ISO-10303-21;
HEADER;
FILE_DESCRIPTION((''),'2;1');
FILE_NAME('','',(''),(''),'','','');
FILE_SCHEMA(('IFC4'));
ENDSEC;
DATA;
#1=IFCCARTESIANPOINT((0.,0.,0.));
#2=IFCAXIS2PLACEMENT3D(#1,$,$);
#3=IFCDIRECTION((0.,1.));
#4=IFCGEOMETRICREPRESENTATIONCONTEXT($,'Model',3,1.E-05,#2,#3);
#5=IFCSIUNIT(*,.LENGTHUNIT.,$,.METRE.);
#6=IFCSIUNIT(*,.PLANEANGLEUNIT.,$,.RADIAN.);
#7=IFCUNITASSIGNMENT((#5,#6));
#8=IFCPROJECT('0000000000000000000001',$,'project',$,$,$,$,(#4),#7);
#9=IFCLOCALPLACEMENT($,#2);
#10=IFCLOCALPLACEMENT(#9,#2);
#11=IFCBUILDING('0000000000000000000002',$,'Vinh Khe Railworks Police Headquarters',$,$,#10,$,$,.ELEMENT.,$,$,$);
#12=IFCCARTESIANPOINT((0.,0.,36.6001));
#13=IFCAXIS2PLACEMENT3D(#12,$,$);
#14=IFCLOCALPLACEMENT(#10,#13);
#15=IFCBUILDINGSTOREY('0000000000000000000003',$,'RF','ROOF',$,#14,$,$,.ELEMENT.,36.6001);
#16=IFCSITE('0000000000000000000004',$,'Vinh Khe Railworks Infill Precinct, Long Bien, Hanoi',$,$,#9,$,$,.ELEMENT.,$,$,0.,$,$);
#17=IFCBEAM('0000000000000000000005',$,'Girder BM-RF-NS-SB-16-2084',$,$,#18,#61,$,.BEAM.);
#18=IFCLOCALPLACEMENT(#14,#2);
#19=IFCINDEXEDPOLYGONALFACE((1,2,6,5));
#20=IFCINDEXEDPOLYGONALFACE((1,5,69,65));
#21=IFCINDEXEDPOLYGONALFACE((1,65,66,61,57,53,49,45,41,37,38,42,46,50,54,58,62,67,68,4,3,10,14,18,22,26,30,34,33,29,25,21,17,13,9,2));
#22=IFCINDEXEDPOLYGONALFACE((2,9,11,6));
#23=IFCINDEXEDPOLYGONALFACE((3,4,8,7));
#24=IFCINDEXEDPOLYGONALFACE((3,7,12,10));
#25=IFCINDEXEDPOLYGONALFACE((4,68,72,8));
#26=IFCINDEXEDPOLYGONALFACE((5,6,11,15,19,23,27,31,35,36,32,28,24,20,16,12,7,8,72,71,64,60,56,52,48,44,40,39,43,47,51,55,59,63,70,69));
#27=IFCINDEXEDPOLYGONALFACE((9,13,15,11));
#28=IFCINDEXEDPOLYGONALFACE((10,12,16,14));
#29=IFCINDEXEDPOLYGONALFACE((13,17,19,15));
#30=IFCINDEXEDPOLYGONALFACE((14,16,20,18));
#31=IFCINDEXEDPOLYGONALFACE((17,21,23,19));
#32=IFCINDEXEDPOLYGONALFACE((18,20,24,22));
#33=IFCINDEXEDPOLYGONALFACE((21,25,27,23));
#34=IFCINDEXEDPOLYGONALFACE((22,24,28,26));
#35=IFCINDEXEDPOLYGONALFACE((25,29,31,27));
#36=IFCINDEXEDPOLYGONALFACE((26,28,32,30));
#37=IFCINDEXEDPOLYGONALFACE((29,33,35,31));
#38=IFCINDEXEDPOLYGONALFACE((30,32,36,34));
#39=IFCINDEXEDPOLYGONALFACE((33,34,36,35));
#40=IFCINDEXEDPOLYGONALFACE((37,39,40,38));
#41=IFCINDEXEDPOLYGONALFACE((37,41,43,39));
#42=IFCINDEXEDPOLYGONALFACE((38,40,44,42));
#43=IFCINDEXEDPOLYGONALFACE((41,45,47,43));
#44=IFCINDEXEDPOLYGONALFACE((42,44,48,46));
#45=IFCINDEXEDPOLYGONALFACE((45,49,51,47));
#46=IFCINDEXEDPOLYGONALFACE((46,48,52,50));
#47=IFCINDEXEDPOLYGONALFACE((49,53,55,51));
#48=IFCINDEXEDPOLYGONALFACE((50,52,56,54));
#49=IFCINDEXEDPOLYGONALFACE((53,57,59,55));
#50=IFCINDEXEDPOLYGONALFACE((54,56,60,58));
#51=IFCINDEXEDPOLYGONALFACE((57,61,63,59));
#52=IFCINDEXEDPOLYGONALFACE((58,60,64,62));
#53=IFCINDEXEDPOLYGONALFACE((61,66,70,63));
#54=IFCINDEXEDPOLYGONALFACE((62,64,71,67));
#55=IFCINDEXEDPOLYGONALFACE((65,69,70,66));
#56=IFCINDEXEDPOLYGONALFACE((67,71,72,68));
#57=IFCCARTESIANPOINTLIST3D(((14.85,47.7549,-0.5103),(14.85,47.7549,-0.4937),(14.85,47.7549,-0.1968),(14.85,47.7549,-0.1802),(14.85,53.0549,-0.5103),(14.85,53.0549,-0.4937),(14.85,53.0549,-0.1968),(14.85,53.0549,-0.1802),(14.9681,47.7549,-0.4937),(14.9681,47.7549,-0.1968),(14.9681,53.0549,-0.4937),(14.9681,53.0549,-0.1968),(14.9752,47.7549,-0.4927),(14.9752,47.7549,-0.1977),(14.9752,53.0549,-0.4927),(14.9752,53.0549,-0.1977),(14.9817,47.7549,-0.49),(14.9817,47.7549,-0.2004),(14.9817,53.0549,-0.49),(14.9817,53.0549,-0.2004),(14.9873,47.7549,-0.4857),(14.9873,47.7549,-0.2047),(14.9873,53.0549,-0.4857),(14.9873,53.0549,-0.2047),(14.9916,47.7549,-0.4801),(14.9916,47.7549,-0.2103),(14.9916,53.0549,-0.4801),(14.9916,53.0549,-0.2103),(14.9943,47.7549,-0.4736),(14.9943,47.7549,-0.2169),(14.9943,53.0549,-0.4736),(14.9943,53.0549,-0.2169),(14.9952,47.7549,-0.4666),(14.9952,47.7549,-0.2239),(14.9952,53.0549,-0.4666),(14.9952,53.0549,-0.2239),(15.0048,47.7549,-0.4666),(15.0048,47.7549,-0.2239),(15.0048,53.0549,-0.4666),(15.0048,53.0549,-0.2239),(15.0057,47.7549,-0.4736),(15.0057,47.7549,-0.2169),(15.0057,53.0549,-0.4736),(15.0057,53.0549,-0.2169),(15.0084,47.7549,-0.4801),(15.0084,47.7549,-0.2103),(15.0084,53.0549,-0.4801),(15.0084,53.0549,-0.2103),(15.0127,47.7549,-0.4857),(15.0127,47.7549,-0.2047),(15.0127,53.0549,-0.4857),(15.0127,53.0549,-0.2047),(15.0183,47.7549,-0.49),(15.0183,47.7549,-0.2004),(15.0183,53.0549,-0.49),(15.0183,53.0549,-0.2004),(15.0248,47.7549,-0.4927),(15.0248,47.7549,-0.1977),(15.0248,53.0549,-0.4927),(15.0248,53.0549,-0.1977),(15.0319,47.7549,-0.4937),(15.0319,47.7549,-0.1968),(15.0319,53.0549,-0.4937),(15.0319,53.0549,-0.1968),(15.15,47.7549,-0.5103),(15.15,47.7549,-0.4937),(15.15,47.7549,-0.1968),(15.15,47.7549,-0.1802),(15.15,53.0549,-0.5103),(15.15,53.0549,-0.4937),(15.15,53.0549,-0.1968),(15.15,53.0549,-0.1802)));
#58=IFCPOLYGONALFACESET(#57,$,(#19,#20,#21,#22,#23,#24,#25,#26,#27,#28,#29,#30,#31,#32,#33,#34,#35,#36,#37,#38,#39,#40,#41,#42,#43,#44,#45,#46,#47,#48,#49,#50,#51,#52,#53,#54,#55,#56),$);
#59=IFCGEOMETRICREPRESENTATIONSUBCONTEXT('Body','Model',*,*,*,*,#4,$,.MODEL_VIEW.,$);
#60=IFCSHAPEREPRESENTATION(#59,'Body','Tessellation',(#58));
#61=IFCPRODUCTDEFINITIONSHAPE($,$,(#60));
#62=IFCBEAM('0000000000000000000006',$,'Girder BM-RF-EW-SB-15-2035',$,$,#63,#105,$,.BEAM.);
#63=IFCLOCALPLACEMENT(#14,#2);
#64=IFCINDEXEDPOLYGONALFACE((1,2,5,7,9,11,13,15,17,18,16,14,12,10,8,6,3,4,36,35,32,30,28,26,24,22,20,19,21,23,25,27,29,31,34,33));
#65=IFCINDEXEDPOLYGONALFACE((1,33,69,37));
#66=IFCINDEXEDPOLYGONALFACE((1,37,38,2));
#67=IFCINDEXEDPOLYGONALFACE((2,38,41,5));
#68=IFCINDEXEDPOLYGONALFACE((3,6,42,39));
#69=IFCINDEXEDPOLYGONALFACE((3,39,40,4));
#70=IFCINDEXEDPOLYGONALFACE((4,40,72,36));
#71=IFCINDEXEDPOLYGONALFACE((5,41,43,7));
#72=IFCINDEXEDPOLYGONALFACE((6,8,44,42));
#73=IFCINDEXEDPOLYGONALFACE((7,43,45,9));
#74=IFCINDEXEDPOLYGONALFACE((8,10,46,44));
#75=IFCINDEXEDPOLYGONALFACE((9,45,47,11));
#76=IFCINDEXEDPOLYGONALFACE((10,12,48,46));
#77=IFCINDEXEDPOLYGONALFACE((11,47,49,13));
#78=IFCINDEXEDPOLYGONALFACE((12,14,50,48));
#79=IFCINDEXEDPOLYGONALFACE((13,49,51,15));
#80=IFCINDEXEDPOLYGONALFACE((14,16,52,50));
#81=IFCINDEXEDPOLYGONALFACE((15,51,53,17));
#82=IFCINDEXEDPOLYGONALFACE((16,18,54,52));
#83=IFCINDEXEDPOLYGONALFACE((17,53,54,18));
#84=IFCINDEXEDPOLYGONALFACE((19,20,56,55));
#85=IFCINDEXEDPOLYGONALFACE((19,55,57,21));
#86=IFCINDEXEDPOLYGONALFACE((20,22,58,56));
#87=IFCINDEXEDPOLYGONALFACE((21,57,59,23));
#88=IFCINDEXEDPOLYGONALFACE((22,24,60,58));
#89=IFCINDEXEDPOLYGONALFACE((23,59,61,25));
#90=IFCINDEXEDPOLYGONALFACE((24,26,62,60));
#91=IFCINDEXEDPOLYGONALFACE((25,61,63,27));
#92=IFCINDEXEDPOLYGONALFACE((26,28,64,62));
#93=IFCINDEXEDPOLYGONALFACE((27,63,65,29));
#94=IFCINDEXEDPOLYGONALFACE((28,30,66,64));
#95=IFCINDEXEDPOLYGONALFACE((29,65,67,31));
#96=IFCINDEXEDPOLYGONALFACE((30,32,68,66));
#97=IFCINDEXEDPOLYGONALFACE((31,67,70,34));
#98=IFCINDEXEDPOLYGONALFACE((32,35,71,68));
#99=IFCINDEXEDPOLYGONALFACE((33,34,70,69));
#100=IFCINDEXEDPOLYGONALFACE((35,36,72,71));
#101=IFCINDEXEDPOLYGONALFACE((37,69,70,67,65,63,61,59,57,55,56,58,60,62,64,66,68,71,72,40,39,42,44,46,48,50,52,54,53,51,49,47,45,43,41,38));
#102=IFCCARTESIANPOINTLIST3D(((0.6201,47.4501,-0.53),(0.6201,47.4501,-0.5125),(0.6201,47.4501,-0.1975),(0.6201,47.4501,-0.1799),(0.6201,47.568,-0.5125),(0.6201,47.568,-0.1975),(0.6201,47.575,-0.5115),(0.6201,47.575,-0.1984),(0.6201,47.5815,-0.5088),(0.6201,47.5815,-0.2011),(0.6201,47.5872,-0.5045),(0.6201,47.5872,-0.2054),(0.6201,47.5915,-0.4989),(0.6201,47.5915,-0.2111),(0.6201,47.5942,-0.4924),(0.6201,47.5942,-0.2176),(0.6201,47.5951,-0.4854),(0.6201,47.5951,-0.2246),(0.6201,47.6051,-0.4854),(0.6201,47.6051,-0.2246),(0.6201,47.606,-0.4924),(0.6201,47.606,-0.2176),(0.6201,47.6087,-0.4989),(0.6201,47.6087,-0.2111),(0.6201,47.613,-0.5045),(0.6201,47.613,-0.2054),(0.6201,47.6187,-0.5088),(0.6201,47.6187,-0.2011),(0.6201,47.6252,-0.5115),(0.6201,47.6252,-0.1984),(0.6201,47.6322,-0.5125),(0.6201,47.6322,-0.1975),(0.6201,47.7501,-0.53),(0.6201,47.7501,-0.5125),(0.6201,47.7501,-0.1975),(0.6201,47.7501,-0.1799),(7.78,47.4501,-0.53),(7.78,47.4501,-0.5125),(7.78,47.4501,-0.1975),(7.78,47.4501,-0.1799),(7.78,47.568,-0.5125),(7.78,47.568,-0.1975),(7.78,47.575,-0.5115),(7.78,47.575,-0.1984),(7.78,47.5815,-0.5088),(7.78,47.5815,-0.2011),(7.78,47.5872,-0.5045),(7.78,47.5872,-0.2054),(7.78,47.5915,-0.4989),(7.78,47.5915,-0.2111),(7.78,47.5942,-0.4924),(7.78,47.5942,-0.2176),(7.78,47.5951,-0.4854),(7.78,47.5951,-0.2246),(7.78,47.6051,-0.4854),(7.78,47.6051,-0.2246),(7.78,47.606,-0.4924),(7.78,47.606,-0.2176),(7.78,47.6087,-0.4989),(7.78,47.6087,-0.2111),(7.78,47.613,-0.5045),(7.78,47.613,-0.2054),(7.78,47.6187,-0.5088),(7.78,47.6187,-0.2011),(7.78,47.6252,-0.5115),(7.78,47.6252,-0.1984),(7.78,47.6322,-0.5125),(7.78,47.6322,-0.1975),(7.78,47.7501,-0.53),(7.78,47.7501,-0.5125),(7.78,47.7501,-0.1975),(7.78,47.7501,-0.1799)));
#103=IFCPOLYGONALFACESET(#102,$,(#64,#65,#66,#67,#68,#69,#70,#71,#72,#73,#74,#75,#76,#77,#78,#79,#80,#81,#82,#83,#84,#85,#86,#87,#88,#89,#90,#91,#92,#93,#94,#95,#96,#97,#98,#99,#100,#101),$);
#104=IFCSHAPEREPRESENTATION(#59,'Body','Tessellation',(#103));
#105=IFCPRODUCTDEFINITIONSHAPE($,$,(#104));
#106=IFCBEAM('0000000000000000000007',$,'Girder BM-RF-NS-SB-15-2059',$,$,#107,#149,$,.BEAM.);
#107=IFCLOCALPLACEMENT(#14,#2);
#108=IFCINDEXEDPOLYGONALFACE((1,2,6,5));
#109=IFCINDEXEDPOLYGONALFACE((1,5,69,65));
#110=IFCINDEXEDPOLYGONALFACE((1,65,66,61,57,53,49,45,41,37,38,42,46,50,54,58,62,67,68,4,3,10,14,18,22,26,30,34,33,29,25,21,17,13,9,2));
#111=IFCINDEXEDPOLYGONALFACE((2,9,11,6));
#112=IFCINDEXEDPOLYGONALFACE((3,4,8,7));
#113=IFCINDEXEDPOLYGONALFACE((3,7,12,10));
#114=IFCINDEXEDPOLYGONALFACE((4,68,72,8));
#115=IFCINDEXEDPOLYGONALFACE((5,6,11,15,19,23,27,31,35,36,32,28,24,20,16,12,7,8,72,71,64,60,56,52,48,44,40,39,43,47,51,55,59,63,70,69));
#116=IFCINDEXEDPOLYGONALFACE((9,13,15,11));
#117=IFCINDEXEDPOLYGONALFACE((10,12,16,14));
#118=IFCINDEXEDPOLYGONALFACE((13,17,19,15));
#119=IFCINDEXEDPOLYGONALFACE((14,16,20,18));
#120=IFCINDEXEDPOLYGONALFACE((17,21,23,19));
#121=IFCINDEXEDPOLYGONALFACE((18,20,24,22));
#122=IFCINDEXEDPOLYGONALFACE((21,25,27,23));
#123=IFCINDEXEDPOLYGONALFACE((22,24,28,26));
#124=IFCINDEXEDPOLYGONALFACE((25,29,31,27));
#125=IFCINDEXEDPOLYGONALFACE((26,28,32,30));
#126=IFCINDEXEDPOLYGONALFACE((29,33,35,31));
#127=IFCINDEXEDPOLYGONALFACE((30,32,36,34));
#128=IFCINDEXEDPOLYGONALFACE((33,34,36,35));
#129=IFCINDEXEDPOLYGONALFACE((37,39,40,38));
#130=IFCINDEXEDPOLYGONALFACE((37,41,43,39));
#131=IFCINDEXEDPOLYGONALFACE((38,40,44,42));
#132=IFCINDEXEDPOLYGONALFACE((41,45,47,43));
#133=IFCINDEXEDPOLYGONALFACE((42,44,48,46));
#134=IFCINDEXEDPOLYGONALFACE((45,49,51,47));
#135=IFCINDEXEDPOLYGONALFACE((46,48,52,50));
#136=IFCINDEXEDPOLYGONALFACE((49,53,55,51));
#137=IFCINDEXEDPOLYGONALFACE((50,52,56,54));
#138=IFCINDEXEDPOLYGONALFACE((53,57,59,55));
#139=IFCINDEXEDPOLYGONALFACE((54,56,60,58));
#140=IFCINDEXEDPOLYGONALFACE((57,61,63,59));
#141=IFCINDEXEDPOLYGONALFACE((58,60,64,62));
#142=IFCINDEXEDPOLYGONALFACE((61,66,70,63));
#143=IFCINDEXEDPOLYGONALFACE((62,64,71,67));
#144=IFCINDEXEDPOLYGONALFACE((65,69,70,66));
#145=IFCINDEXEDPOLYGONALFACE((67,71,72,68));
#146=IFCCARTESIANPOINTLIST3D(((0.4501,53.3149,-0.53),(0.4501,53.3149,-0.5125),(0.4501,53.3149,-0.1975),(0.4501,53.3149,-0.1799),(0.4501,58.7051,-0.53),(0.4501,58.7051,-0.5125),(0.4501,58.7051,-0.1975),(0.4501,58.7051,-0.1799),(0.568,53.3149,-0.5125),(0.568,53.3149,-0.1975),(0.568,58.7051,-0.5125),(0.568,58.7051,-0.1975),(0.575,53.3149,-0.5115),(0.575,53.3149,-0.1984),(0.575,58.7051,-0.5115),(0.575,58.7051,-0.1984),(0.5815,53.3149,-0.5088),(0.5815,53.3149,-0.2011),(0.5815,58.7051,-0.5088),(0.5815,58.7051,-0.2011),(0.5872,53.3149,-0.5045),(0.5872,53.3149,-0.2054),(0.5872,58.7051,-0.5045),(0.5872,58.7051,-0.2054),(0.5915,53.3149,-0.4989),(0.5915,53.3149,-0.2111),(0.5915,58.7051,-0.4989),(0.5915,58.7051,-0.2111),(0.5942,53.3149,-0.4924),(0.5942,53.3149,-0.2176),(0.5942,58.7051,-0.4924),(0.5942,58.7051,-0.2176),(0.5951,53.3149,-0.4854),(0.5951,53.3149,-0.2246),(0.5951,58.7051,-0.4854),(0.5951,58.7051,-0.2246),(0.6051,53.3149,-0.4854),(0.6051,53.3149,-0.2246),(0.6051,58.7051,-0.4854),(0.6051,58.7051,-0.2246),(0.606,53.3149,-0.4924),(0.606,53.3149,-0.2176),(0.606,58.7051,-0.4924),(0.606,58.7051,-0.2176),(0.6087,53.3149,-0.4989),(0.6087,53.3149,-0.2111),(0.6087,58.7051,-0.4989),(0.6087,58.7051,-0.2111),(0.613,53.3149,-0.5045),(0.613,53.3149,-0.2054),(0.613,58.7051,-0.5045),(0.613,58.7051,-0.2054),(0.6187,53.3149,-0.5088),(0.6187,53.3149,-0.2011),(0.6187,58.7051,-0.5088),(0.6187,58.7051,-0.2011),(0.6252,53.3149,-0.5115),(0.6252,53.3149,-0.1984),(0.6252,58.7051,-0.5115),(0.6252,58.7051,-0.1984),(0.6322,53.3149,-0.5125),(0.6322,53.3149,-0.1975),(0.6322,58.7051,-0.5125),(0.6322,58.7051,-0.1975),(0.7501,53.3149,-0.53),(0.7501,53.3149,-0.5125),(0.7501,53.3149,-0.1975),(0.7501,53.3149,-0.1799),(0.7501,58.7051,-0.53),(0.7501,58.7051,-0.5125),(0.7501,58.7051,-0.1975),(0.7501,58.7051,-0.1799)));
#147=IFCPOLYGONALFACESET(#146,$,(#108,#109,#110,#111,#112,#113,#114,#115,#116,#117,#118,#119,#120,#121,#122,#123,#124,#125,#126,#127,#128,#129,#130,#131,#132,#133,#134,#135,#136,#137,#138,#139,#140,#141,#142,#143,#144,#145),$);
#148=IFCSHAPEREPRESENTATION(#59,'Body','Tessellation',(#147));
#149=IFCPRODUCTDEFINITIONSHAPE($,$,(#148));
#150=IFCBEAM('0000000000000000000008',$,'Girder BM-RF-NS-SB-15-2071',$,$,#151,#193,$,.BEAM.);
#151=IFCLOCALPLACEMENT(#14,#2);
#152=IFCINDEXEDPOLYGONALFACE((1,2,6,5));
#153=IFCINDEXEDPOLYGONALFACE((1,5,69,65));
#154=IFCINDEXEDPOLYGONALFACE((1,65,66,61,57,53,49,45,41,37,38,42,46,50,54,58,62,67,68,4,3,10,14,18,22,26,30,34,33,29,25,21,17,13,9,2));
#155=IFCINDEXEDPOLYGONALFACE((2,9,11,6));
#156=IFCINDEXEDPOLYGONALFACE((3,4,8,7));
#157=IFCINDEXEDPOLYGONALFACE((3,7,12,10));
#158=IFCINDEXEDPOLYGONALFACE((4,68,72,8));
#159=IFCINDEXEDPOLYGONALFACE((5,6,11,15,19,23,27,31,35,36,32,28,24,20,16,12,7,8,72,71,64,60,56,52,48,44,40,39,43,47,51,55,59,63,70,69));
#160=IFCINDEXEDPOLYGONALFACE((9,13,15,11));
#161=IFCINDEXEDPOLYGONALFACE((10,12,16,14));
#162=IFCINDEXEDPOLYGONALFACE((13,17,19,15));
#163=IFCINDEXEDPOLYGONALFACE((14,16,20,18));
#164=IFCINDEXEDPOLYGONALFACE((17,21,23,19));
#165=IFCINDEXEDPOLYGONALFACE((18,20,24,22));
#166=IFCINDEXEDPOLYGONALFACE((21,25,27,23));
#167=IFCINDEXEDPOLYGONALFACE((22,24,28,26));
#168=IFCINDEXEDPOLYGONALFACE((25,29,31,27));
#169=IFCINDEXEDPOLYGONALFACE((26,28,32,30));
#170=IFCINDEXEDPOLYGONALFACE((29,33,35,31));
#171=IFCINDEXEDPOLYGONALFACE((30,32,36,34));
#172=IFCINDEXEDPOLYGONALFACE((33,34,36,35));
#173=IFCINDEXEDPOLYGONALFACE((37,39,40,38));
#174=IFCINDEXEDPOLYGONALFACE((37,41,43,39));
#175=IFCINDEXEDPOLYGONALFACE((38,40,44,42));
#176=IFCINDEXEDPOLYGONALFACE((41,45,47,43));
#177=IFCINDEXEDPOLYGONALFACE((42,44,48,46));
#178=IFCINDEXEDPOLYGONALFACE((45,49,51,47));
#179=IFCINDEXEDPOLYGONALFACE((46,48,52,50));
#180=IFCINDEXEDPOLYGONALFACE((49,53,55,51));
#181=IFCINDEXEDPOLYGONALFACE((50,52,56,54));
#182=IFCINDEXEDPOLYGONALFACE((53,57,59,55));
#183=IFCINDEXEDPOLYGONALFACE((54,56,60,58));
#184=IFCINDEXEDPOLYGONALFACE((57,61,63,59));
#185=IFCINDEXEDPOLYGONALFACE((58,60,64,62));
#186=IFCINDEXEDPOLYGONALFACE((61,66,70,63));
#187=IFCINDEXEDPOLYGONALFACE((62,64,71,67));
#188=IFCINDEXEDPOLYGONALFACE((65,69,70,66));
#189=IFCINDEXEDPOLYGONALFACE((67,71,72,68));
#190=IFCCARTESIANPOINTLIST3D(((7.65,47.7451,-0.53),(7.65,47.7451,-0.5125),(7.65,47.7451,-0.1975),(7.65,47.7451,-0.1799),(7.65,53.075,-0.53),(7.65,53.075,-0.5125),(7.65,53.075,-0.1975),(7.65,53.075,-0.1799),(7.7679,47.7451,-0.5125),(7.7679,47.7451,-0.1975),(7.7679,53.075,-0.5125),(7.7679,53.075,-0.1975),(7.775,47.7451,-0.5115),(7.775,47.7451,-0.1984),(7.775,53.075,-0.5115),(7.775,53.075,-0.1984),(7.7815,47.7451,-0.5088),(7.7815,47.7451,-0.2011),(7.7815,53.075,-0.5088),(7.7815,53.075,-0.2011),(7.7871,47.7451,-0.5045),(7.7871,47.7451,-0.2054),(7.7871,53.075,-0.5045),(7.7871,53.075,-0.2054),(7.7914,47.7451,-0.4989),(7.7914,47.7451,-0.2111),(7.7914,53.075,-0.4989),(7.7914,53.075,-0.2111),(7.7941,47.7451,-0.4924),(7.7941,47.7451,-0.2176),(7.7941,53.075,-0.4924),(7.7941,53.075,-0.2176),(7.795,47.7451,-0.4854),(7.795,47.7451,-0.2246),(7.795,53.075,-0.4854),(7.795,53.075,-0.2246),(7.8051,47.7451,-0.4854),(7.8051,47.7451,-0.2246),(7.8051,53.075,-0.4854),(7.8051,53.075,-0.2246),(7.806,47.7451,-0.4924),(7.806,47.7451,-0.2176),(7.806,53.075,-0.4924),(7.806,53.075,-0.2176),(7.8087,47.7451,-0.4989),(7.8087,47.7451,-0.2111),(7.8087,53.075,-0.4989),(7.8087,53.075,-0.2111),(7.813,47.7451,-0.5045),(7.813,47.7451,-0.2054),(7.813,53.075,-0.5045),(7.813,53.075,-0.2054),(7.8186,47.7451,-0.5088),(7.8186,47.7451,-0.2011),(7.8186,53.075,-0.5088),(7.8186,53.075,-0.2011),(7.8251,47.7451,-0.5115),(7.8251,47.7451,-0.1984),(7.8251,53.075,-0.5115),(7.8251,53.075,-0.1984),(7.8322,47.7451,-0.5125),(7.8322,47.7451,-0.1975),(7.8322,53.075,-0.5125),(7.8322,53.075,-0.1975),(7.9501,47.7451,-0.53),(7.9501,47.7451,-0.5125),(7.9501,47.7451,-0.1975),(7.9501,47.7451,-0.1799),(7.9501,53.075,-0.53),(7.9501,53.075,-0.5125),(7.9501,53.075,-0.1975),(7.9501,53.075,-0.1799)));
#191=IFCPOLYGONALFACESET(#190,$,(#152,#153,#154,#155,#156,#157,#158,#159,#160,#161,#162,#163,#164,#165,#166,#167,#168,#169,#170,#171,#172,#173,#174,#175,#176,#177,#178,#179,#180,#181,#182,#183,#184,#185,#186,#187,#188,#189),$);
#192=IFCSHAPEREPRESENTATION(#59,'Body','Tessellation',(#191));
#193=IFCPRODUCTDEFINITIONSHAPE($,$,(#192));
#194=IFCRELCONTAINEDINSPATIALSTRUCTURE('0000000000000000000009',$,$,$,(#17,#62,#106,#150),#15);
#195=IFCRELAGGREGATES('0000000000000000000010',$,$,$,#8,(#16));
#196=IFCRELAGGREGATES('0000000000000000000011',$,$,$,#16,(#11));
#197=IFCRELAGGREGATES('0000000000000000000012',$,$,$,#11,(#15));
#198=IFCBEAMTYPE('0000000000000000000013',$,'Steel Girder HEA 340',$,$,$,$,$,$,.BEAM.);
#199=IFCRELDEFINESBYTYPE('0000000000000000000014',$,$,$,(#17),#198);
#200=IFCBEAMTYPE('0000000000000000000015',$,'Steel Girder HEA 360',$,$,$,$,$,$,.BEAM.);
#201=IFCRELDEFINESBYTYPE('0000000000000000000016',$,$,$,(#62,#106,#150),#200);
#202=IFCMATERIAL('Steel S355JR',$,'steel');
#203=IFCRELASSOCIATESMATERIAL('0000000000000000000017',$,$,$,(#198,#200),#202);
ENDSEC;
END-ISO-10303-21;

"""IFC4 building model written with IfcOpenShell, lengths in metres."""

from ifc_helpers import new_model, si_unit, direction, frame, origin, origin_2d, place, context, subcontext, project, spatial, i_section, extrude, material, material_profile, profile_set, type_object, element, save


model = new_model("IFC4")

# Units and contexts
model_context = context("Model", 3, precision=1e-05, world=origin(), true_north=direction((0.0, 1.0)))
body_context = subcontext(model_context, "Body", "Model", "MODEL_VIEW")
ifc_project = project(units=[si_unit("LENGTHUNIT", "METRE"), si_unit("PLANEANGLEUNIT", "RADIAN")], contexts=[model_context])

# Site, building, storey
site_placement = place(None, origin())
site = spatial("IfcSite", under=ifc_project, at=site_placement, Name="Vinh Khe Railworks Infill Precinct, Long Bien, Hanoi", CompositionType="ELEMENT", RefElevation=0.0)
building_placement = place(site_placement, origin())
building = spatial("IfcBuilding", under=site, at=building_placement, Name="Vinh Khe Railworks Police Headquarters", CompositionType="ELEMENT")
storey_placement = place(building_placement, frame((0.0, 0.0, 36.6001)))
storey = spatial("IfcBuildingStorey", under=building, at=storey_placement, Name="RF", Description="ROOF", CompositionType="ELEMENT", Elevation=36.6001)

# Shared definitions
ifc_material_1 = material(Name="Steel S355JR", Category="steel")

# Beams
ifc_material_profile_1 = material_profile(ifc_material_1, i_section(OverallWidth=0.3, OverallDepth=0.3301, WebThickness=0.0095, FlangeThickness=0.0166, FilletRadius=0.0271, at=origin_2d()), Name="HEA 340")
ifc_profile_set_1 = profile_set([ifc_material_profile_1], Name="Steel S355JR")
beam_type_1 = type_object("IfcBeamType", Name="Steel Girder HEA 340", PredefinedType="BEAM", material=ifc_profile_set_1)
beam_1_placement = place(storey_placement, frame((15.0, 47.7549, -0.3452), z_axis=(0.0, 1.0, 0.0), x_axis=(-1.0, 0.0, 0.0)))
element("IfcBeam", 1, at=beam_1_placement, inside=storey, type_object=beam_type_1, Name="Girder BM-RF-NS-SB-16-2084", PredefinedType="BEAM", context=body_context, shape_type="SweptSolid", body=[
    extrude(i_section(OverallWidth=0.3, OverallDepth=0.3301, WebThickness=0.0095, FlangeThickness=0.0166, FilletRadius=0.0271, at=origin_2d()), origin(), (0.0, 0.0, 1.0), 5.3),
])
ifc_material_profile_2 = material_profile(ifc_material_1, i_section(OverallWidth=0.3, OverallDepth=0.3501, WebThickness=0.01, FlangeThickness=0.0176, FilletRadius=0.0271, at=origin_2d()), Name="HEA 360")
ifc_profile_set_2 = profile_set([ifc_material_profile_2], Name="Steel S355JR")
beam_type_2 = type_object("IfcBeamType", Name="Steel Girder HEA 360", PredefinedType="BEAM", material=ifc_profile_set_2)
beam_2_placement = place(storey_placement, frame((0.6201, 47.6001, -0.355), z_axis=(1.0, 0.0, 0.0), x_axis=(0.0, 1.0, 0.0)))
element("IfcBeam", 2, at=beam_2_placement, inside=storey, type_object=beam_type_2, Name="Girder BM-RF-EW-SB-15-2035", PredefinedType="BEAM", context=body_context, shape_type="SweptSolid", body=[
    extrude(i_section(OverallWidth=0.3, OverallDepth=0.3501, WebThickness=0.01, FlangeThickness=0.0176, FilletRadius=0.0271, at=origin_2d()), origin(), (0.0, 0.0, 1.0), 7.1599),
])
beam_3_placement = place(storey_placement, frame((0.6001, 53.3149, -0.355), z_axis=(0.0, 1.0, 0.0), x_axis=(-1.0, 0.0, 0.0)))
element("IfcBeam", 3, at=beam_3_placement, inside=storey, type_object=beam_type_2, Name="Girder BM-RF-NS-SB-15-2059", PredefinedType="BEAM", context=body_context, shape_type="SweptSolid", body=[
    extrude(i_section(OverallWidth=0.3, OverallDepth=0.3501, WebThickness=0.01, FlangeThickness=0.0176, FilletRadius=0.0271, at=origin_2d()), origin(), (0.0, 0.0, 1.0), 5.3901),
])
beam_4_placement = place(storey_placement, frame((7.8, 47.7451, -0.355), z_axis=(0.0, 1.0, 0.0), x_axis=(-1.0, 0.0, 0.0)))
element("IfcBeam", 4, at=beam_4_placement, inside=storey, type_object=beam_type_2, Name="Girder BM-RF-NS-SB-15-2071", PredefinedType="BEAM", context=body_context, shape_type="SweptSolid", body=[
    extrude(i_section(OverallWidth=0.3, OverallDepth=0.3501, WebThickness=0.01, FlangeThickness=0.0176, FilletRadius=0.0271, at=origin_2d()), origin(), (0.0, 0.0, 1.0), 5.3298),
])

save(model, "model.ifc")
